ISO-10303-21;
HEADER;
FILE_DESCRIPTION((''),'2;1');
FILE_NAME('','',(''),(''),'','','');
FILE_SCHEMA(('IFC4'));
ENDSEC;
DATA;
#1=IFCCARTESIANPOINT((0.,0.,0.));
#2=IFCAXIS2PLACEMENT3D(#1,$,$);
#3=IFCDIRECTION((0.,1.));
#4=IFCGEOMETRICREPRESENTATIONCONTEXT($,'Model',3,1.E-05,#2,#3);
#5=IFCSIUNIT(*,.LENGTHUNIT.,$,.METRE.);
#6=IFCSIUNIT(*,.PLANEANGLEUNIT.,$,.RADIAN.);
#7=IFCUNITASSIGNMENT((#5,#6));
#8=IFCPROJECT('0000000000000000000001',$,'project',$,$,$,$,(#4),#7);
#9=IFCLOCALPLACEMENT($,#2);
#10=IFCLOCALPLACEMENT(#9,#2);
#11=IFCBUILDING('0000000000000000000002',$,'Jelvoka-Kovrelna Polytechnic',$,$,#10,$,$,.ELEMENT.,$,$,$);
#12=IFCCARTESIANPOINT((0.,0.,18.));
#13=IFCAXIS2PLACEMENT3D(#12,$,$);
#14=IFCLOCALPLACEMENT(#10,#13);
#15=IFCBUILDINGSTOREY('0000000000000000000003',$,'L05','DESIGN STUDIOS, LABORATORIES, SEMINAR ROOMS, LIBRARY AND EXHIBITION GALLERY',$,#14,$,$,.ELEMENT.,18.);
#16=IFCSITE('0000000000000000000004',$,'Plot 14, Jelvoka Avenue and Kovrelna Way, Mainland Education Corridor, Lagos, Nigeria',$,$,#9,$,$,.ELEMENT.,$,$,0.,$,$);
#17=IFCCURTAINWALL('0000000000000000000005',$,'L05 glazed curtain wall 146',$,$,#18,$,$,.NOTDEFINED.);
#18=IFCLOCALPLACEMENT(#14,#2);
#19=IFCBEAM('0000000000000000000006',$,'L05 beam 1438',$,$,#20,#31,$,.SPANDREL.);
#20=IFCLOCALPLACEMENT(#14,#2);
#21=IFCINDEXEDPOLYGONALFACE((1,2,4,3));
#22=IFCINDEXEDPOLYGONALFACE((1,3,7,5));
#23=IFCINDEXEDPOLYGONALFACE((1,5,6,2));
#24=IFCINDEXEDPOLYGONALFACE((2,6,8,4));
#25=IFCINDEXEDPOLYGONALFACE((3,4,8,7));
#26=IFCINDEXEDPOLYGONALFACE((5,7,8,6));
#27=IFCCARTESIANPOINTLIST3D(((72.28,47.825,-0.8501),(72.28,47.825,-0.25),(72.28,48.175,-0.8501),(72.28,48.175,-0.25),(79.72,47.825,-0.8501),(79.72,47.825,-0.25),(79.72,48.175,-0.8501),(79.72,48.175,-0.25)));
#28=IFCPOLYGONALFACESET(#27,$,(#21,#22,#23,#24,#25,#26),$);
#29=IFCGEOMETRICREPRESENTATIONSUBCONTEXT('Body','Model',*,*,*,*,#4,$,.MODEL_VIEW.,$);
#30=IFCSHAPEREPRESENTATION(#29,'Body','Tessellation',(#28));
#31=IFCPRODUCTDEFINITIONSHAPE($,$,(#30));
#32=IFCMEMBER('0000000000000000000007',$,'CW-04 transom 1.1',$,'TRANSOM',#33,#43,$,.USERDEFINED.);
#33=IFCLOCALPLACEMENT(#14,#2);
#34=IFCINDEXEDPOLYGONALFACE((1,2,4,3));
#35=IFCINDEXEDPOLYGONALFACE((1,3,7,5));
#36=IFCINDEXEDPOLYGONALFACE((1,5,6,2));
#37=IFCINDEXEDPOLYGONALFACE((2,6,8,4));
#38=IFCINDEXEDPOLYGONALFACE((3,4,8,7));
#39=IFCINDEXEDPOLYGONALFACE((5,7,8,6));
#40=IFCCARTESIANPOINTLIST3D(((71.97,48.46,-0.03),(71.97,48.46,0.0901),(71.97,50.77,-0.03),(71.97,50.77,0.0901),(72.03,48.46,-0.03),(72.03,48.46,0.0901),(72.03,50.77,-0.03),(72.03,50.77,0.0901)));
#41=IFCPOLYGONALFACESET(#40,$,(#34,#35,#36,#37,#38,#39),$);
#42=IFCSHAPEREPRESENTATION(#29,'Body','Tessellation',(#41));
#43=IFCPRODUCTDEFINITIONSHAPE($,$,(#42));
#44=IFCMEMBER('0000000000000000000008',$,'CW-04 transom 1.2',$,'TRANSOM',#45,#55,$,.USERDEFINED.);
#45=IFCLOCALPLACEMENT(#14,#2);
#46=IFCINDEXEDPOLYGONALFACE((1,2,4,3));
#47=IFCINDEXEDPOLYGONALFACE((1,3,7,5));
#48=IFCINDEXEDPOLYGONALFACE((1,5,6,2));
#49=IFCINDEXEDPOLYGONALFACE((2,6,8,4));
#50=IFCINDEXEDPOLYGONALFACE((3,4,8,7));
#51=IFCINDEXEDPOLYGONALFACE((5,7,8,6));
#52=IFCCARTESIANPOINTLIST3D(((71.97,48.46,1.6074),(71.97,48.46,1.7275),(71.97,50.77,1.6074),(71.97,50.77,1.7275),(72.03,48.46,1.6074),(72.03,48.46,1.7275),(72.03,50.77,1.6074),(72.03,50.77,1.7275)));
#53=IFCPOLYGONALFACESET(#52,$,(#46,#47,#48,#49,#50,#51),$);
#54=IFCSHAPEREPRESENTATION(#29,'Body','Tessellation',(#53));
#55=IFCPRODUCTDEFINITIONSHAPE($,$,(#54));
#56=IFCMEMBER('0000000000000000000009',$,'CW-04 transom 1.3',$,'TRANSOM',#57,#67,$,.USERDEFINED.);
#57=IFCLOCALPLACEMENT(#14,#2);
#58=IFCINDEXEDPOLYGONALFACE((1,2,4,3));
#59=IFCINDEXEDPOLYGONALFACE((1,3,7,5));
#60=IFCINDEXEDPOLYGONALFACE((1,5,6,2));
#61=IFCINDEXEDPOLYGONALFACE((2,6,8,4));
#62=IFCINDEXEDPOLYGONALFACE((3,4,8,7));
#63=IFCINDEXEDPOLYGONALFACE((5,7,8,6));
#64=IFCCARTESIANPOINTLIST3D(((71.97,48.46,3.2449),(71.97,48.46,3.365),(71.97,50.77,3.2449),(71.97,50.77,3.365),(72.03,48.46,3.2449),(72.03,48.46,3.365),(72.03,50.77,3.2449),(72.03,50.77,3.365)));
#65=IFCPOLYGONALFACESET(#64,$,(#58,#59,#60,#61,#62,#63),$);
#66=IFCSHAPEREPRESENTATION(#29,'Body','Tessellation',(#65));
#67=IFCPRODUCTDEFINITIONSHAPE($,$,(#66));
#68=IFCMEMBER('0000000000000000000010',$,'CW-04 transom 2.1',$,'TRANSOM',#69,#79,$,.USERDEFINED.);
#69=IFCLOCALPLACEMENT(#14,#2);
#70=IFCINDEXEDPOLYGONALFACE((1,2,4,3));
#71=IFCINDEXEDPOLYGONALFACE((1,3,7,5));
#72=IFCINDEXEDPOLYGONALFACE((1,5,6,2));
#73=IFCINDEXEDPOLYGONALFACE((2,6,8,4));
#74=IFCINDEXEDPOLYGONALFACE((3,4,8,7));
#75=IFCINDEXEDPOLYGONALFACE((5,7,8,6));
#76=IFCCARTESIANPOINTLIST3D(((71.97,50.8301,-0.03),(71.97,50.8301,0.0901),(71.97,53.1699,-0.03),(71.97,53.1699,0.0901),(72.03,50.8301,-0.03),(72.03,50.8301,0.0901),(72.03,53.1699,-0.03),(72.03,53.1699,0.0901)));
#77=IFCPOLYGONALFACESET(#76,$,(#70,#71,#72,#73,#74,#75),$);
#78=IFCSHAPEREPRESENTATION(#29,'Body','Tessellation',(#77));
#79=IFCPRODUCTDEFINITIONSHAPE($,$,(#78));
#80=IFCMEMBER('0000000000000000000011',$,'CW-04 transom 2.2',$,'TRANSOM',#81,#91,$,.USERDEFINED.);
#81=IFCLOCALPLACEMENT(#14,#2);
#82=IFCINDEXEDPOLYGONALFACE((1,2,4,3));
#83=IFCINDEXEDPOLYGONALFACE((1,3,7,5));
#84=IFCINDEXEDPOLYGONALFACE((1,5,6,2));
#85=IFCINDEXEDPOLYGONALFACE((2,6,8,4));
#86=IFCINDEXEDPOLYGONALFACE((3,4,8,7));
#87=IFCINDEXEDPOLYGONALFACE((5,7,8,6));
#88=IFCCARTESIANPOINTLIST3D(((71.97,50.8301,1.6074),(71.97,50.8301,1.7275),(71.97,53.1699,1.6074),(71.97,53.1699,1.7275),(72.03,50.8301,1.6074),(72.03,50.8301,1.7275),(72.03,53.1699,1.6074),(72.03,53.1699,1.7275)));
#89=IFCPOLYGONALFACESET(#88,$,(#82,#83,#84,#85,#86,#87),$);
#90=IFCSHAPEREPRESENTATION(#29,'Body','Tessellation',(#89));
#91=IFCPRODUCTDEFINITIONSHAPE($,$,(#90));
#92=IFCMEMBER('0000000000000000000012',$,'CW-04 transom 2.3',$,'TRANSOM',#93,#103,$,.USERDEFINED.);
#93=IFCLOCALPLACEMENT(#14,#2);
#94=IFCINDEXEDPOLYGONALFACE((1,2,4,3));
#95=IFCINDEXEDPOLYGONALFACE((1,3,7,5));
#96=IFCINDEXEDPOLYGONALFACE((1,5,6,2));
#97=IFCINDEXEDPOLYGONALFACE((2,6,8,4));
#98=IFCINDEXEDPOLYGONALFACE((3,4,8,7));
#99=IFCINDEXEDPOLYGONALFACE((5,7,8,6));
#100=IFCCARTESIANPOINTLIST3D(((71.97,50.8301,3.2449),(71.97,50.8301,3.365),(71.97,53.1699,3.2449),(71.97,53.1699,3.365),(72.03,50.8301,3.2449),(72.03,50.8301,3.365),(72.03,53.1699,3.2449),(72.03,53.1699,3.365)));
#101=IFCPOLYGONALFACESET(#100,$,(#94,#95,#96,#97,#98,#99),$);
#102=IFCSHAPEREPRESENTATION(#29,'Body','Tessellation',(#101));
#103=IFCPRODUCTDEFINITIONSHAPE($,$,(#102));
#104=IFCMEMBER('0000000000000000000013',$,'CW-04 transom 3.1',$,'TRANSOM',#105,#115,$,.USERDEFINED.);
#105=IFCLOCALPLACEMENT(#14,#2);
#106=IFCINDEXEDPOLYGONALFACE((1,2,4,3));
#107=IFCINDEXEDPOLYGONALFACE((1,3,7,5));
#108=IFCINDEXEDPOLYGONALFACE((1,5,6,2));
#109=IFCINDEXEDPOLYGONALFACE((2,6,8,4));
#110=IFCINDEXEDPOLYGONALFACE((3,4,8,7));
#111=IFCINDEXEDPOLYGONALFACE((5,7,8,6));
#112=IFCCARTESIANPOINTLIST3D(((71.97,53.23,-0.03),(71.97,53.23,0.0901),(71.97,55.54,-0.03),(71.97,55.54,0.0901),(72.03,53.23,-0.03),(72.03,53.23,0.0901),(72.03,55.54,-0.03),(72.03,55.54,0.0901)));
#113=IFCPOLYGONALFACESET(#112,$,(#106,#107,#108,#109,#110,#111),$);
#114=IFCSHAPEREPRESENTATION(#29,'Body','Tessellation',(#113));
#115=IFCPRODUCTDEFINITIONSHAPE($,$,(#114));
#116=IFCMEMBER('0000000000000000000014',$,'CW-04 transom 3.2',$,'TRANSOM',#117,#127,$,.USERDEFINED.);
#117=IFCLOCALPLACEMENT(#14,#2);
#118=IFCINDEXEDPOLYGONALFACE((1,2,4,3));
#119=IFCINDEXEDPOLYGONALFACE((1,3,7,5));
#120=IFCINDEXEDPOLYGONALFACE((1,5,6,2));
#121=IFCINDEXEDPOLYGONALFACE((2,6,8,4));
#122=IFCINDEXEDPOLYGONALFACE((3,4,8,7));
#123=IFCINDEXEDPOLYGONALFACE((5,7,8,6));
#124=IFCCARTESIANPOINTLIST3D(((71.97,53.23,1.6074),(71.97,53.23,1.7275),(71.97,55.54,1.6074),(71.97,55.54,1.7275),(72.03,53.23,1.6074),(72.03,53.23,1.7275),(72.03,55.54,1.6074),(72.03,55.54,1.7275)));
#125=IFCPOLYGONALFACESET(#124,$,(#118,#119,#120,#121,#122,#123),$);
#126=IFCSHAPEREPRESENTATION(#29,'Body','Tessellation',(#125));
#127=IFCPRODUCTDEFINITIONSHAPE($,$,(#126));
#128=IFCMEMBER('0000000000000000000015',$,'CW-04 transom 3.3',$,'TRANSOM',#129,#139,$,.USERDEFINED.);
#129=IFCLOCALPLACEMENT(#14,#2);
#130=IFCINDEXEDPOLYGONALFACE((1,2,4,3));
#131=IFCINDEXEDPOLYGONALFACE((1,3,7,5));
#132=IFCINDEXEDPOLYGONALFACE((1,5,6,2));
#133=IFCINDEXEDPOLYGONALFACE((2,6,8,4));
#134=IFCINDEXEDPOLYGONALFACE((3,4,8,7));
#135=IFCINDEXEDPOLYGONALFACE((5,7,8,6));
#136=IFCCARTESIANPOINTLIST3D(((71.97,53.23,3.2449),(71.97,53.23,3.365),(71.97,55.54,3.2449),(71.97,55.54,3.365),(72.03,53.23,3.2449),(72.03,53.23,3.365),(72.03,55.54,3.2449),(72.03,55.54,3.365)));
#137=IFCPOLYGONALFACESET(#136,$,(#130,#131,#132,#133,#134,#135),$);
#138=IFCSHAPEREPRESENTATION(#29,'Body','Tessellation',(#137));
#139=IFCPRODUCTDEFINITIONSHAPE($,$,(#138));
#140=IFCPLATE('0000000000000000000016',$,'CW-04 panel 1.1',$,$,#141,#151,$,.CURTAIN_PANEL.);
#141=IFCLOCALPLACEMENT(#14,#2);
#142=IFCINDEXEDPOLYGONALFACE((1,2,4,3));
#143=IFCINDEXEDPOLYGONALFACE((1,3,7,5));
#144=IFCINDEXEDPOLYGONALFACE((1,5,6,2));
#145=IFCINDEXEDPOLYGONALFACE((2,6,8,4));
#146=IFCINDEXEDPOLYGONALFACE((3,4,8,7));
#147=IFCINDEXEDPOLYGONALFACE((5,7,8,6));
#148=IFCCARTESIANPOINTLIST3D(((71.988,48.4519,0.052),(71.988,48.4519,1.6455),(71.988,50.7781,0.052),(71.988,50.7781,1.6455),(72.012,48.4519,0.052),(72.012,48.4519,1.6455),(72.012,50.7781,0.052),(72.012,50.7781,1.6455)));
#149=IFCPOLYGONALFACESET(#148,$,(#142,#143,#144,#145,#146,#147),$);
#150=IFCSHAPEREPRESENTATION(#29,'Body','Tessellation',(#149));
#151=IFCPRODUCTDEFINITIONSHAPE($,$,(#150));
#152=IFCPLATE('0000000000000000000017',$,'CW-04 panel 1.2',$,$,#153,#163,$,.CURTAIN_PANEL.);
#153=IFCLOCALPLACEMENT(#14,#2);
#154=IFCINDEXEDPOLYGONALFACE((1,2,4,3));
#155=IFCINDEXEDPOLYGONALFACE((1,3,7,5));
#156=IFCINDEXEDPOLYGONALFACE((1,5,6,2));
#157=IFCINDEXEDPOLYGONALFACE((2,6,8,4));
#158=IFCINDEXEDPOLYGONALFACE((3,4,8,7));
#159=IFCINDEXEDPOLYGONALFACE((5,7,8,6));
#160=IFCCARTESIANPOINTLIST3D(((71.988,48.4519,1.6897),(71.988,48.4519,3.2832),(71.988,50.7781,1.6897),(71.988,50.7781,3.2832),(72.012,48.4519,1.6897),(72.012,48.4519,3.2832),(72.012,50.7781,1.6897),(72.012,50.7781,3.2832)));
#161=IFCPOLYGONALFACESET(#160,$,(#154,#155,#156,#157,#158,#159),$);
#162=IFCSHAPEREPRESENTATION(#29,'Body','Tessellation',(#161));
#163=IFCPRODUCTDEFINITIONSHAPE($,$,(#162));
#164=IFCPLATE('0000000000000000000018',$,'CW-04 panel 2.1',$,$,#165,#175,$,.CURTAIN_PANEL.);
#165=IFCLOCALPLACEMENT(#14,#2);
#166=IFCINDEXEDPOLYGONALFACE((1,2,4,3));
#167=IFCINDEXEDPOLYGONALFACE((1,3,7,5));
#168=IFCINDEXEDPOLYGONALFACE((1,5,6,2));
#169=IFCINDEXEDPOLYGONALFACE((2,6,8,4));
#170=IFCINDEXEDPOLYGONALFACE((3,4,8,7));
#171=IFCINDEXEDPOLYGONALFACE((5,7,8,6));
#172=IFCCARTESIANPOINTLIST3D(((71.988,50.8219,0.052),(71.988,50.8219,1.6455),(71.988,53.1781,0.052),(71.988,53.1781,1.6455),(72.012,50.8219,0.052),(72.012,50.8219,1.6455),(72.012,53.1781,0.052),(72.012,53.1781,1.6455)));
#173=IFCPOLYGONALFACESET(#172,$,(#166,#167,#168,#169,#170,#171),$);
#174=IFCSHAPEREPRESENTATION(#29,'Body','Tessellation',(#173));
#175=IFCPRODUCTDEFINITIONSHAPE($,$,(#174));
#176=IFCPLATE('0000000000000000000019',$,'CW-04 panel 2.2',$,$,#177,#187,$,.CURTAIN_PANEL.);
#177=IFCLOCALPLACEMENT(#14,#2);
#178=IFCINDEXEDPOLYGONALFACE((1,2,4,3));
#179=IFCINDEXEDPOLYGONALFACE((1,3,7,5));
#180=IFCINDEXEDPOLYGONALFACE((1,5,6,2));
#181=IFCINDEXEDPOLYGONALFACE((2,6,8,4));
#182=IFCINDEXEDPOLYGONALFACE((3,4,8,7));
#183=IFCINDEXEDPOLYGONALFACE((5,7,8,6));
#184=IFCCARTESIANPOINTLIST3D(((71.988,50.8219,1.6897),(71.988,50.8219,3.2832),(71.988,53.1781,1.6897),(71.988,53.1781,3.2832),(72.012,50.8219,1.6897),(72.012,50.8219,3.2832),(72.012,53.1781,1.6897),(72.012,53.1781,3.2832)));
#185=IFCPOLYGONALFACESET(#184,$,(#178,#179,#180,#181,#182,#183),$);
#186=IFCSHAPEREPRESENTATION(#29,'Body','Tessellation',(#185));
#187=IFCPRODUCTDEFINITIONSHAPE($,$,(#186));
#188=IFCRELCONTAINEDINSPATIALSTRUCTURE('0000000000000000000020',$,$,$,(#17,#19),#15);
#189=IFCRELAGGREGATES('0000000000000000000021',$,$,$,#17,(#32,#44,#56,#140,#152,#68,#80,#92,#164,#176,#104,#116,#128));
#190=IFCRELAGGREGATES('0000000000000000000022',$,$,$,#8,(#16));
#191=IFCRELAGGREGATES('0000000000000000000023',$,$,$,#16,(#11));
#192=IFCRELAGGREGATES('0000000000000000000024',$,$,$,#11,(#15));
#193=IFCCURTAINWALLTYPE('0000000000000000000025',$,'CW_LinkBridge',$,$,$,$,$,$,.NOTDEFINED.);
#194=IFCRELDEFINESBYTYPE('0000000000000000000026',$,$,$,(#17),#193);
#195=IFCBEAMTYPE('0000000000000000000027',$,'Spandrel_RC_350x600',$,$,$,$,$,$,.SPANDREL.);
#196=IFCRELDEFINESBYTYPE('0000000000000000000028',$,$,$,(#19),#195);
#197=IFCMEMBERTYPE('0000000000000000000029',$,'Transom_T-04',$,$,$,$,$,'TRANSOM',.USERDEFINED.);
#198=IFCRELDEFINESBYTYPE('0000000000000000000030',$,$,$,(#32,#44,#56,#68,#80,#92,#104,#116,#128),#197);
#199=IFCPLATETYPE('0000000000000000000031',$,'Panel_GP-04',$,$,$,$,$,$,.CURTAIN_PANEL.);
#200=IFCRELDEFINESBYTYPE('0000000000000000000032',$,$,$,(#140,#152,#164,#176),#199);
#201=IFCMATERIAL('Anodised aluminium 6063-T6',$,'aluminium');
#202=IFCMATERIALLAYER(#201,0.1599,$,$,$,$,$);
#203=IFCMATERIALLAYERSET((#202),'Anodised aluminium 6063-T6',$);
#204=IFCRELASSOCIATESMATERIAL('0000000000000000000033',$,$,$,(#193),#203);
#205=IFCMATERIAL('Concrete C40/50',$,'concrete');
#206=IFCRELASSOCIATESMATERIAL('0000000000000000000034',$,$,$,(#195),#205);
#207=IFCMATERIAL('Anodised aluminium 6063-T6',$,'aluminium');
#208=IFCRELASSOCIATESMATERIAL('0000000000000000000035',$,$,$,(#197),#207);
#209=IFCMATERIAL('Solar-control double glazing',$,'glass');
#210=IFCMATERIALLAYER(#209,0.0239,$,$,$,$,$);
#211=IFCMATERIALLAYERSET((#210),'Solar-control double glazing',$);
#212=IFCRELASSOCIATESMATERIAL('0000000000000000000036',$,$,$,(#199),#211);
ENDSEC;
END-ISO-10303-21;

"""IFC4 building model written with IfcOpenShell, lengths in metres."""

from ifc_helpers import new_model, si_unit, direction, frame, origin, origin_2d, place, context, subcontext, project, spatial, rectangle, extrude, material, layer, layer_set, material_profile, profile_set, type_object, element, aggregate, save


model = new_model("IFC4")

# Units and contexts
model_context = context("Model", 3, precision=1e-05, world=origin(), true_north=direction((0.0, 1.0)))
body_context = subcontext(model_context, "Body", "Model", "MODEL_VIEW")
ifc_project = project(units=[si_unit("LENGTHUNIT", "METRE"), si_unit("PLANEANGLEUNIT", "RADIAN")], contexts=[model_context])

# Site, building, storey
site_placement = place(None, origin())
site = spatial("IfcSite", under=ifc_project, at=site_placement, Name="Plot 14, Jelvoka Avenue and Kovrelna Way, Mainland Education Corridor, Lagos, Nigeria", CompositionType="ELEMENT", RefElevation=0.0)
building_placement = place(site_placement, origin())
building = spatial("IfcBuilding", under=site, at=building_placement, Name="Jelvoka-Kovrelna Polytechnic", CompositionType="ELEMENT")
storey_placement = place(building_placement, frame((0.0, 0.0, 18.0)))
storey = spatial("IfcBuildingStorey", under=building, at=storey_placement, Name="L05", Description="DESIGN STUDIOS, LABORATORIES, SEMINAR ROOMS, LIBRARY AND EXHIBITION GALLERY", CompositionType="ELEMENT", Elevation=18.0)

# Curtain wall
ifc_material_1 = material(Name="Anodised aluminium 6063-T6", Category="aluminium")
ifc_layer_1 = layer(ifc_material_1, 0.1599)
ifc_layer_set_1 = layer_set([ifc_layer_1], Name="Anodised aluminium 6063-T6")
curtain_wall_type = type_object("IfcCurtainWallType", Name="CW_LinkBridge", PredefinedType="NOTDEFINED", material=ifc_layer_set_1)
curtain_wall_placement = place(storey_placement, origin())
curtain_wall = element("IfcCurtainWall", 1, at=curtain_wall_placement, inside=storey, type_object=curtain_wall_type, Name="L05 glazed curtain wall 146", PredefinedType="NOTDEFINED")

# Beam
ifc_material_2 = material(Name="Concrete C40/50", Category="concrete")
ifc_material_profile_1 = material_profile(ifc_material_2, rectangle(XDim=0.3501, YDim=0.6001, at=origin_2d()), Name="RC 350x600")
ifc_profile_set_1 = profile_set([ifc_material_profile_1], Name="Concrete C40/50")
beam_type_1 = type_object("IfcBeamType", Name="Spandrel_RC_350x600", PredefinedType="SPANDREL", material=ifc_profile_set_1)
beam_1_placement = place(storey_placement, frame((72.28, 48.0, -0.55), z_axis=(1.0, 0.0, 0.0), x_axis=(0.0, 1.0, 0.0)))
element("IfcBeam", 2, at=beam_1_placement, inside=storey, type_object=beam_type_1, Name="L05 beam 1438", PredefinedType="SPANDREL", context=body_context, shape_type="SweptSolid", body=[
    extrude(rectangle(XDim=0.3501, YDim=0.6001, at=origin_2d()), origin(), (0.0, 0.0, 1.0), 7.4399),
])

# Members
ifc_material_3 = material(Name="Anodised aluminium 6063-T6", Category="aluminium")
ifc_material_profile_2 = material_profile(ifc_material_3, rectangle(XDim=0.0601, YDim=0.1201, at=origin_2d()), Name="ALU 60x120")
ifc_profile_set_2 = profile_set([ifc_material_profile_2], Name="Anodised aluminium 6063-T6")
member_type_1 = type_object("IfcMemberType", Name="Transom_T-04", ElementType="TRANSOM", PredefinedType="USERDEFINED", material=ifc_profile_set_2)
member_1_placement = place(storey_placement, frame((72.0, 48.46, 0.03), z_axis=(0.0, 1.0, 0.0), x_axis=(-1.0, 0.0, 0.0)))
member_1 = element("IfcMember", 3, at=member_1_placement, type_object=member_type_1, Name="CW-04 transom 1.1", ObjectType="TRANSOM", PredefinedType="USERDEFINED", context=body_context, shape_type="SweptSolid", body=[
    extrude(rectangle(XDim=0.0601, YDim=0.1201, at=origin_2d()), origin(), (0.0, 0.0, 1.0), 2.3101),
])
member_2_placement = place(storey_placement, frame((72.0, 48.46, 1.6675), z_axis=(0.0, 1.0, 0.0), x_axis=(-1.0, 0.0, 0.0)))
member_2 = element("IfcMember", 4, at=member_2_placement, type_object=member_type_1, Name="CW-04 transom 1.2", ObjectType="TRANSOM", PredefinedType="USERDEFINED", context=body_context, shape_type="SweptSolid", body=[
    extrude(rectangle(XDim=0.0601, YDim=0.1201, at=origin_2d()), origin(), (0.0, 0.0, 1.0), 2.3101),
])
member_3_placement = place(storey_placement, frame((72.0, 48.46, 3.3049), z_axis=(0.0, 1.0, 0.0), x_axis=(-1.0, 0.0, 0.0)))
member_3 = element("IfcMember", 5, at=member_3_placement, type_object=member_type_1, Name="CW-04 transom 1.3", ObjectType="TRANSOM", PredefinedType="USERDEFINED", context=body_context, shape_type="SweptSolid", body=[
    extrude(rectangle(XDim=0.0601, YDim=0.1201, at=origin_2d()), origin(), (0.0, 0.0, 1.0), 2.3101),
])
member_4_placement = place(storey_placement, frame((72.0, 50.8301, 0.03), z_axis=(0.0, 1.0, 0.0), x_axis=(-1.0, 0.0, 0.0)))
member_4 = element("IfcMember", 6, at=member_4_placement, type_object=member_type_1, Name="CW-04 transom 2.1", ObjectType="TRANSOM", PredefinedType="USERDEFINED", context=body_context, shape_type="SweptSolid", body=[
    extrude(rectangle(XDim=0.0601, YDim=0.1201, at=origin_2d()), origin(), (0.0, 0.0, 1.0), 2.3398),
])
member_5_placement = place(storey_placement, frame((72.0, 50.8301, 1.6675), z_axis=(0.0, 1.0, 0.0), x_axis=(-1.0, 0.0, 0.0)))
member_5 = element("IfcMember", 7, at=member_5_placement, type_object=member_type_1, Name="CW-04 transom 2.2", ObjectType="TRANSOM", PredefinedType="USERDEFINED", context=body_context, shape_type="SweptSolid", body=[
    extrude(rectangle(XDim=0.0601, YDim=0.1201, at=origin_2d()), origin(), (0.0, 0.0, 1.0), 2.3398),
])
member_6_placement = place(storey_placement, frame((72.0, 50.8301, 3.3049), z_axis=(0.0, 1.0, 0.0), x_axis=(-1.0, 0.0, 0.0)))
member_6 = element("IfcMember", 8, at=member_6_placement, type_object=member_type_1, Name="CW-04 transom 2.3", ObjectType="TRANSOM", PredefinedType="USERDEFINED", context=body_context, shape_type="SweptSolid", body=[
    extrude(rectangle(XDim=0.0601, YDim=0.1201, at=origin_2d()), origin(), (0.0, 0.0, 1.0), 2.3398),
])
member_7_placement = place(storey_placement, frame((72.0, 53.23, 0.03), z_axis=(0.0, 1.0, 0.0), x_axis=(-1.0, 0.0, 0.0)))
member_7 = element("IfcMember", 9, at=member_7_placement, type_object=member_type_1, Name="CW-04 transom 3.1", ObjectType="TRANSOM", PredefinedType="USERDEFINED", context=body_context, shape_type="SweptSolid", body=[
    extrude(rectangle(XDim=0.0601, YDim=0.1201, at=origin_2d()), origin(), (0.0, 0.0, 1.0), 2.3101),
])
member_8_placement = place(storey_placement, frame((72.0, 53.23, 1.6675), z_axis=(0.0, 1.0, 0.0), x_axis=(-1.0, 0.0, 0.0)))
member_8 = element("IfcMember", 10, at=member_8_placement, type_object=member_type_1, Name="CW-04 transom 3.2", ObjectType="TRANSOM", PredefinedType="USERDEFINED", context=body_context, shape_type="SweptSolid", body=[
    extrude(rectangle(XDim=0.0601, YDim=0.1201, at=origin_2d()), origin(), (0.0, 0.0, 1.0), 2.3101),
])
member_9_placement = place(storey_placement, frame((72.0, 53.23, 3.3049), z_axis=(0.0, 1.0, 0.0), x_axis=(-1.0, 0.0, 0.0)))
member_9 = element("IfcMember", 11, at=member_9_placement, type_object=member_type_1, Name="CW-04 transom 3.3", ObjectType="TRANSOM", PredefinedType="USERDEFINED", context=body_context, shape_type="SweptSolid", body=[
    extrude(rectangle(XDim=0.0601, YDim=0.1201, at=origin_2d()), origin(), (0.0, 0.0, 1.0), 2.3101),
])

# Plates
ifc_material_4 = material(Name="Solar-control double glazing", Category="glass")
ifc_layer_2 = layer(ifc_material_4, 0.0239)
ifc_layer_set_2 = layer_set([ifc_layer_2], Name="Solar-control double glazing")
plate_type = type_object("IfcPlateType", Name="Panel_GP-04", PredefinedType="CURTAIN_PANEL", material=ifc_layer_set_2)
plate_1_placement = place(storey_placement, frame((72.0, 49.615, 0.052), z_axis=(0.0, 0.0, 1.0), x_axis=(0.0, 1.0, 0.0)))
plate_1 = element("IfcPlate", 12, at=plate_1_placement, type_object=plate_type, Name="CW-04 panel 1.1", PredefinedType="CURTAIN_PANEL", context=body_context, shape_type="SweptSolid", body=[
    extrude(rectangle(XDim=2.3262, YDim=0.0239, at=origin_2d()), origin(), (0.0, 0.0, 1.0), 1.5935),
])
plate_2_placement = place(storey_placement, frame((72.0, 49.615, 1.6897), z_axis=(0.0, 0.0, 1.0), x_axis=(0.0, 1.0, 0.0)))
plate_2 = element("IfcPlate", 13, at=plate_2_placement, type_object=plate_type, Name="CW-04 panel 1.2", PredefinedType="CURTAIN_PANEL", context=body_context, shape_type="SweptSolid", body=[
    extrude(rectangle(XDim=2.3262, YDim=0.0239, at=origin_2d()), origin(), (0.0, 0.0, 1.0), 1.5935),
])
plate_3_placement = place(storey_placement, frame((72.0, 52.0, 0.052), z_axis=(0.0, 0.0, 1.0), x_axis=(0.0, 1.0, 0.0)))
plate_3 = element("IfcPlate", 14, at=plate_3_placement, type_object=plate_type, Name="CW-04 panel 2.1", PredefinedType="CURTAIN_PANEL", context=body_context, shape_type="SweptSolid", body=[
    extrude(rectangle(XDim=2.3562, YDim=0.0239, at=origin_2d()), origin(), (0.0, 0.0, 1.0), 1.5935),
])
plate_4_placement = place(storey_placement, frame((72.0, 52.0, 1.6897), z_axis=(0.0, 0.0, 1.0), x_axis=(0.0, 1.0, 0.0)))
plate_4 = element("IfcPlate", 15, at=plate_4_placement, type_object=plate_type, Name="CW-04 panel 2.2", PredefinedType="CURTAIN_PANEL", context=body_context, shape_type="SweptSolid", body=[
    extrude(rectangle(XDim=2.3562, YDim=0.0239, at=origin_2d()), origin(), (0.0, 0.0, 1.0), 1.5935),
])
aggregate(curtain_wall, [member_1, member_2, member_3, plate_1, plate_2, member_4, member_5, member_6, plate_3, plate_4, member_7, member_8, member_9])

save(model, "model.ifc")
